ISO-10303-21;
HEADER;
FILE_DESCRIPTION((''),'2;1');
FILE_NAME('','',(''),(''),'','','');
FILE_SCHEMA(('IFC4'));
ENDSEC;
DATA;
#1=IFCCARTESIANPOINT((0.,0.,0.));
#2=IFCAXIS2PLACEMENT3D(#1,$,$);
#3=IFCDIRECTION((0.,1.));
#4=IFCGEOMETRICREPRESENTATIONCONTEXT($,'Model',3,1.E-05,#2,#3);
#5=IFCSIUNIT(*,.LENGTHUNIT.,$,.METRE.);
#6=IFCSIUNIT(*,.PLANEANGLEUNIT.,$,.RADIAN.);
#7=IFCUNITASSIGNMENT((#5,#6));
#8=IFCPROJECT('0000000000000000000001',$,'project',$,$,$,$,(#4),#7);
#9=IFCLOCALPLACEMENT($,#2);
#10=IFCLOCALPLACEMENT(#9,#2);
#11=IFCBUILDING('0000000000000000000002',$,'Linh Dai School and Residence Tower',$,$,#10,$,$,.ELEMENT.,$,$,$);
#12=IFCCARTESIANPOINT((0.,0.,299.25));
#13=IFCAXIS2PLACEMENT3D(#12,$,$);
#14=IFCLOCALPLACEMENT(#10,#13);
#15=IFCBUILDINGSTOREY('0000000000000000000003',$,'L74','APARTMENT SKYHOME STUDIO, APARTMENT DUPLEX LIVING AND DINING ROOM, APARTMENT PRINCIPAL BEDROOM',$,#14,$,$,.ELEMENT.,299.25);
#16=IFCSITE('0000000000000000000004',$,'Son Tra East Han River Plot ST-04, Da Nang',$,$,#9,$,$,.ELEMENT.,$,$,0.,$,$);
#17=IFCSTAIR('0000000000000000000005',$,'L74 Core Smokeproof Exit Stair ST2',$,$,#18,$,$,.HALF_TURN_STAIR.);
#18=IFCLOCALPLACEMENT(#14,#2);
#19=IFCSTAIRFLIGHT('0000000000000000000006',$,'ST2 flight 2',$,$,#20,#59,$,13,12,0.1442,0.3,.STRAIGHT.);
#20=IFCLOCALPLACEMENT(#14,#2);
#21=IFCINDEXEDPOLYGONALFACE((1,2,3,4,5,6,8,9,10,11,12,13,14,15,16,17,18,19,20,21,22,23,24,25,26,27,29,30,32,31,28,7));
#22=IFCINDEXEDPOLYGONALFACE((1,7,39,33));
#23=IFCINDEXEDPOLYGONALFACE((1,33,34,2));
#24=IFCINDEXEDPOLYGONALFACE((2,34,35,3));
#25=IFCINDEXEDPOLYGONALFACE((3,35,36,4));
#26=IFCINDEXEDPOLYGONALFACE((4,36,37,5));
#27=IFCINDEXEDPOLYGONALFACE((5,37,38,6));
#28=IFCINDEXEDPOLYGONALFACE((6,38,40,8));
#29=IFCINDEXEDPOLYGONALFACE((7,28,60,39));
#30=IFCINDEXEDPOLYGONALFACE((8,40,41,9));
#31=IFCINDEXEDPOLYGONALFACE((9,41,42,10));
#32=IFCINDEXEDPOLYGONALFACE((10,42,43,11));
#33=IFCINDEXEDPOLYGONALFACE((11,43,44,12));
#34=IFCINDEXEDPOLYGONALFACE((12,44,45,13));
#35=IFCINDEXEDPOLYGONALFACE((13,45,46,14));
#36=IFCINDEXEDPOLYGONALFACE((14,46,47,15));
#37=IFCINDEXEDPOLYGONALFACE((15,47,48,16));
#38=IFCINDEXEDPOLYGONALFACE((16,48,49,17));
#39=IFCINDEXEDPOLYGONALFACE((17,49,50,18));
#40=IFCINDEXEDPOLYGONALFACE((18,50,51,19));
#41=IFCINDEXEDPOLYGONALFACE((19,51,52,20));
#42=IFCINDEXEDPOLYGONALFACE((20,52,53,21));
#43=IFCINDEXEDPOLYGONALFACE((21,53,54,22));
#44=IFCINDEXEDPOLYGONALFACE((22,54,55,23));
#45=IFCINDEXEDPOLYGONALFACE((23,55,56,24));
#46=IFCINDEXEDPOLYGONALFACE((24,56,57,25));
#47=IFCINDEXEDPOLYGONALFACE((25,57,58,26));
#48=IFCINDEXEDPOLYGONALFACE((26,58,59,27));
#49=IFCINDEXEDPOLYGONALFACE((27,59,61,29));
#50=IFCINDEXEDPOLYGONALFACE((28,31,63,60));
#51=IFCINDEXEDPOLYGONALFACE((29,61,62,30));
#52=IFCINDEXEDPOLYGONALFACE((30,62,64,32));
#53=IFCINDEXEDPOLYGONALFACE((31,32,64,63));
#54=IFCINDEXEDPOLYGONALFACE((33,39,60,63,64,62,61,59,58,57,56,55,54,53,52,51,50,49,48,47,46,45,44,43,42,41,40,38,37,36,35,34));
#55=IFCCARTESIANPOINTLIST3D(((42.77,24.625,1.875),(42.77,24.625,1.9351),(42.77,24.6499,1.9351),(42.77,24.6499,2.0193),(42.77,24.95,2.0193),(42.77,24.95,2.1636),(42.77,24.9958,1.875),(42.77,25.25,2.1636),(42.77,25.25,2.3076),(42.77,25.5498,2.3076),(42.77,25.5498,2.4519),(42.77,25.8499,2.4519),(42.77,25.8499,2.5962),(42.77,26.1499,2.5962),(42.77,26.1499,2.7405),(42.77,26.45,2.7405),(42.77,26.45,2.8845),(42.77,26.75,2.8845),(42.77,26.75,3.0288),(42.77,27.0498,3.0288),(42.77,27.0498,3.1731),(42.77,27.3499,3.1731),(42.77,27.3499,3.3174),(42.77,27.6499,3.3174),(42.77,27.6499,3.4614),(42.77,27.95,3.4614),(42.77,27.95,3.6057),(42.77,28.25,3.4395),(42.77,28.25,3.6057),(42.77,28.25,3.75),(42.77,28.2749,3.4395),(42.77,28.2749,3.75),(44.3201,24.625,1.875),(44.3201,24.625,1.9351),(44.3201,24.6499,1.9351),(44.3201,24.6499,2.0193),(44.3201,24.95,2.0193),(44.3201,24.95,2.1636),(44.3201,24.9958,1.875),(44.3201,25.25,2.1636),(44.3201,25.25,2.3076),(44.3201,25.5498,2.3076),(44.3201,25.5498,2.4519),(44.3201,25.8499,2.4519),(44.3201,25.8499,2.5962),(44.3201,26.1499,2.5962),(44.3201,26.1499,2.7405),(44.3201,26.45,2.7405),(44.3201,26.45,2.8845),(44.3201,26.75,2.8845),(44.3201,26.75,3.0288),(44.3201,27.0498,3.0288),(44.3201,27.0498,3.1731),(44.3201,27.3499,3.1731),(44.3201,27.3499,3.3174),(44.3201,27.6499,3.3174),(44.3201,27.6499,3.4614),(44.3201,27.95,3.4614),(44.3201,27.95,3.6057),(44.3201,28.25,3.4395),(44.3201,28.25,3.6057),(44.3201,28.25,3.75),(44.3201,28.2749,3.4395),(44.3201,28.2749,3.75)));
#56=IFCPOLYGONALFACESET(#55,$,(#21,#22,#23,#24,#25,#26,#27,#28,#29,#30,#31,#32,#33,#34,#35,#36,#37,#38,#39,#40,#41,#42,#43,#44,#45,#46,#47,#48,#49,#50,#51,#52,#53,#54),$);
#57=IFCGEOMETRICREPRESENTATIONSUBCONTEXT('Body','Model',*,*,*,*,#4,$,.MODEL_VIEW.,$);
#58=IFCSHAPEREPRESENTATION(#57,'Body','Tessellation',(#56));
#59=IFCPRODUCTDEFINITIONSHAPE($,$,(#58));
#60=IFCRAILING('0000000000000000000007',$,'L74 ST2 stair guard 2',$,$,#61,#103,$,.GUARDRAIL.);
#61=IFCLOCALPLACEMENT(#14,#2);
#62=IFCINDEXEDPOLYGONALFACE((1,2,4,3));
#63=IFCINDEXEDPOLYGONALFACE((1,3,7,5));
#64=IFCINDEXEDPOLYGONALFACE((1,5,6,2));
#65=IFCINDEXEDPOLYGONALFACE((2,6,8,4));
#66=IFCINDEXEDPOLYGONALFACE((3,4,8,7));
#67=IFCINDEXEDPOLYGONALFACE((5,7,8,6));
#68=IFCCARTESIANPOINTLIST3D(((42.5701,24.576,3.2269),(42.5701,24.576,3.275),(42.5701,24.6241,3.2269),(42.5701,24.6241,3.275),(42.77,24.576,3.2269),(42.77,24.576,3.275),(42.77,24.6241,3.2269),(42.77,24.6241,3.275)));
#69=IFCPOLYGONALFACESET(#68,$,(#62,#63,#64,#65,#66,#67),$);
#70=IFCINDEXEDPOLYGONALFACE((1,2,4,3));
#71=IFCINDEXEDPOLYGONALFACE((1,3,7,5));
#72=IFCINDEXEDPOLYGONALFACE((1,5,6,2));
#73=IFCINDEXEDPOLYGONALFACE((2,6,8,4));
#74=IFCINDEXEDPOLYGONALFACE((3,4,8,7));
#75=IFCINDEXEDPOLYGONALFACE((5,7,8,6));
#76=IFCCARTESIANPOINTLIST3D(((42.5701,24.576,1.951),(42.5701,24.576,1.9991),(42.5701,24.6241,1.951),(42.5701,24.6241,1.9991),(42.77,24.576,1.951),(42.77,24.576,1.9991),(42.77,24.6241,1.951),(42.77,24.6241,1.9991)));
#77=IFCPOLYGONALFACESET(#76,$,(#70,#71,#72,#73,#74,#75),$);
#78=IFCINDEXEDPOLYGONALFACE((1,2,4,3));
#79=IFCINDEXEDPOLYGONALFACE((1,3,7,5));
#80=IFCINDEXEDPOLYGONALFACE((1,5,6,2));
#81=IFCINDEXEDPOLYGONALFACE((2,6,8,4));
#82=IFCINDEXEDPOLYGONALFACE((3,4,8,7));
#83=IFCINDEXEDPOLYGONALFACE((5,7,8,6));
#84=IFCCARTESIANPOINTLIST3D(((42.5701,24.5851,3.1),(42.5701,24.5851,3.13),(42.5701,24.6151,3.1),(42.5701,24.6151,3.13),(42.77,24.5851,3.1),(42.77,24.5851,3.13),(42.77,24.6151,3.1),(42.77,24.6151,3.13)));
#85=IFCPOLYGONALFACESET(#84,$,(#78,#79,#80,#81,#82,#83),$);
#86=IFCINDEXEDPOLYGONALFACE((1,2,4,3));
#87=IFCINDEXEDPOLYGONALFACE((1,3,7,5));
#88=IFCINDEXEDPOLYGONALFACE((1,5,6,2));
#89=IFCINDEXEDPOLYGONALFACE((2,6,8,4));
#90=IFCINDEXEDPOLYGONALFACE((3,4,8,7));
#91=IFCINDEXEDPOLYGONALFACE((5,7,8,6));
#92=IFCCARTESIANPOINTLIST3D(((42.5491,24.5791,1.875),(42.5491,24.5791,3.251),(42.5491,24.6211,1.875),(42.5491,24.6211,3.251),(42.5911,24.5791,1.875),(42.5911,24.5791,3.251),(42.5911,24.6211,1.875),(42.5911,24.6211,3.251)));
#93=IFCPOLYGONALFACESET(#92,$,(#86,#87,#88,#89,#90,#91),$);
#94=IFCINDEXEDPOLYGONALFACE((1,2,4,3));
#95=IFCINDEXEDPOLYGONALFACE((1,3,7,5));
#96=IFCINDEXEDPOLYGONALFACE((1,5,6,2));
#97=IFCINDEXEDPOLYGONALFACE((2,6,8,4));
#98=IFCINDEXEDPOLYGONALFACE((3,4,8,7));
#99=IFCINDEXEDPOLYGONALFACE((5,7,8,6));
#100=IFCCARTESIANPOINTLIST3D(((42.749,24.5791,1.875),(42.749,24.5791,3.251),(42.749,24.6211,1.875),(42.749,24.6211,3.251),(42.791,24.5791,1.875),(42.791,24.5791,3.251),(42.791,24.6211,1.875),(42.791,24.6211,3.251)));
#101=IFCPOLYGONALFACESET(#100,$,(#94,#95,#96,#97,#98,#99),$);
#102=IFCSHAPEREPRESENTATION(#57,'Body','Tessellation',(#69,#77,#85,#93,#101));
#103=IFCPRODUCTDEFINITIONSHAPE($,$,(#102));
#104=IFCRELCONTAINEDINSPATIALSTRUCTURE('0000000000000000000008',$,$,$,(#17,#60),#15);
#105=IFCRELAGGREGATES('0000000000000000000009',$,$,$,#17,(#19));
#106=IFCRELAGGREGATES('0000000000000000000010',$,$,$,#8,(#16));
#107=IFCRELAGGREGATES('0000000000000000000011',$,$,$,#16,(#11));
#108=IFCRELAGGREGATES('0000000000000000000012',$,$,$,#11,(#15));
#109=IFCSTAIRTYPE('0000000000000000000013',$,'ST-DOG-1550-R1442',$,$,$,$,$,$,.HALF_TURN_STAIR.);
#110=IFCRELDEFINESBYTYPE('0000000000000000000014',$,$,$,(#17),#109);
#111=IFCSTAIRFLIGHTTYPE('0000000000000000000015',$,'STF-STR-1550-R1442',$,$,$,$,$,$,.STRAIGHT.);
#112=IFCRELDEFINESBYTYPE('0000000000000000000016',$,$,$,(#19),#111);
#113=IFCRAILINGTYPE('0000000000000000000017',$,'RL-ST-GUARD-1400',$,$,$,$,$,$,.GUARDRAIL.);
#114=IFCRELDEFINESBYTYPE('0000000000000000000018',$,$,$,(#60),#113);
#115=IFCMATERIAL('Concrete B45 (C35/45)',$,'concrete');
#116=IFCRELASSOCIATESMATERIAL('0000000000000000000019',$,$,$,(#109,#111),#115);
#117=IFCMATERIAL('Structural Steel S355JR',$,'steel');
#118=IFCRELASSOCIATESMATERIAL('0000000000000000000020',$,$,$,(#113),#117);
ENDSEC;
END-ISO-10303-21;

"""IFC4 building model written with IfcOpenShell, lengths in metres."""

from ifc_helpers import new_model, si_unit, direction, frame, origin, origin_2d, place, context, subcontext, project, spatial, polyline, rectangle, outline, extrude, source, transform, mapped, material, type_object, element, aggregate, save


model = new_model("IFC4")

# Units and contexts
model_context = context("Model", 3, precision=1e-05, world=origin(), true_north=direction((0.0, 1.0)))
body_context = subcontext(model_context, "Body", "Model", "MODEL_VIEW")
ifc_project = project(units=[si_unit("LENGTHUNIT", "METRE"), si_unit("PLANEANGLEUNIT", "RADIAN")], contexts=[model_context])

# Site, building, storey
site_placement = place(None, origin())
site = spatial("IfcSite", under=ifc_project, at=site_placement, Name="Son Tra East Han River Plot ST-04, Da Nang", CompositionType="ELEMENT", RefElevation=0.0)
building_placement = place(site_placement, origin())
building = spatial("IfcBuilding", under=site, at=building_placement, Name="Linh Dai School and Residence Tower", CompositionType="ELEMENT")
storey_placement = place(building_placement, frame((0.0, 0.0, 299.25)))
storey = spatial("IfcBuildingStorey", under=building, at=storey_placement, Name="L74", Description="APARTMENT SKYHOME STUDIO, APARTMENT DUPLEX LIVING AND DINING ROOM, APARTMENT PRINCIPAL BEDROOM", CompositionType="ELEMENT", Elevation=299.25)

# Shared definitions
ifc_material_1 = material(Name="Structural Steel S355JR", Category="steel")

# Shared definitions
ifc_material_2 = material(Name="Concrete B45 (C35/45)", Category="concrete")

# Stair, stair flight
stair_type = type_object("IfcStairType", Name="ST-DOG-1550-R1442", PredefinedType="HALF_TURN_STAIR", material=ifc_material_2)
stair_placement = place(storey_placement, origin())
stair = element("IfcStair", 1, at=stair_placement, inside=storey, type_object=stair_type, Name="L74 Core Smokeproof Exit Stair ST2", PredefinedType="HALF_TURN_STAIR")
stair_flight_type = type_object("IfcStairFlightType", Name="STF-STR-1550-R1442", PredefinedType="STRAIGHT", material=ifc_material_2)
shared_shape_1 = source(origin(), body_context, "Body", "SweptSolid", [
    extrude(outline(polyline([(-0.0249, 0.0), (-0.0249, 0.0601), (0.0, 0.0601), (0.0, 0.1443), (0.3, 0.1443), (0.3, 0.2886), (0.6001, 0.2886), (0.6001, 0.4326), (0.8999, 0.4326), (0.8999, 0.5769), (1.2, 0.5769), (1.2, 0.7212), (1.5, 0.7212), (1.5, 0.8655), (1.8, 0.8655), (1.8, 1.0095), (2.1001, 1.0095), (2.1001, 1.1538), (2.3999, 1.1538), (2.3999, 1.2981), (2.7, 1.2981), (2.7, 1.4424), (3.0, 1.4424), (3.0, 1.5864), (3.3, 1.5864), (3.3, 1.7307), (3.6001, 1.7307), (3.6001, 1.875), (3.625, 1.875), (3.625, 1.5645), (3.6001, 1.5645), (0.3459, 0.0), (-0.0249, 0.0)])), frame((0.0, 0.7749, 0.0), z_axis=(0.0, -1.0, 0.0), x_axis=(1.0, 0.0, 0.0)), (0.0, 0.0, 1.0), 1.55),
])
stair_flight_placement = place(storey_placement, frame((43.5449, 24.6499, 1.875), z_axis=(0.0, 0.0, 1.0), x_axis=(0.0, 1.0, 0.0)))
stair_flight = element("IfcStairFlight", 2, at=stair_flight_placement, type_object=stair_flight_type, Name="ST2 flight 2", NumberOfRisers=13, NumberOfTreads=12, PredefinedType="STRAIGHT", RiserHeight=0.1442, TreadLength=0.3, context=body_context, shape_type="MappedRepresentation", body=[
    mapped(shared_shape_1, transform((0.0, 0.0, 0.0), x_axis=(1.0, 0.0, 0.0), y_axis=(0.0, 1.0, 0.0), z_axis=(0.0, 0.0, 1.0), scale=1.0)),
])
aggregate(stair, [stair_flight])

# Railing
railing_type = type_object("IfcRailingType", Name="RL-ST-GUARD-1400", PredefinedType="GUARDRAIL", material=ifc_material_1)
shared_shape_2 = source(origin(), body_context, "Body", "SweptSolid", [
    extrude(rectangle(XDim=0.0481, YDim=0.0481, at=origin_2d()), frame((0.0, 0.0, 1.376), z_axis=(1.0, 0.0, 0.0), x_axis=(0.0, 1.0, 0.0)), (0.0, 0.0, 1.0), 0.2),
    extrude(rectangle(XDim=0.0481, YDim=0.0481, at=origin_2d()), frame((0.0, 0.0, 0.1001), z_axis=(1.0, 0.0, 0.0), x_axis=(0.0, 1.0, 0.0)), (0.0, 0.0, 1.0), 0.2),
    extrude(rectangle(XDim=0.03, YDim=0.03, at=origin_2d()), frame((0.0, 0.0, 1.24), z_axis=(1.0, 0.0, 0.0), x_axis=(0.0, 1.0, 0.0)), (0.0, 0.0, 1.0), 0.2),
    extrude(rectangle(XDim=0.042, YDim=0.042, at=origin_2d()), origin(), (0.0, 0.0, 1.0), 1.376),
    extrude(rectangle(XDim=0.042, YDim=0.042, at=origin_2d()), frame((0.2, 0.0, 0.0)), (0.0, 0.0, 1.0), 1.376),
])
railing_1_placement = place(storey_placement, frame((42.5701, 24.6001, 1.875)))
element("IfcRailing", 3, at=railing_1_placement, inside=storey, type_object=railing_type, Name="L74 ST2 stair guard 2", PredefinedType="GUARDRAIL", context=body_context, shape_type="MappedRepresentation", body=[
    mapped(shared_shape_2, transform((0.0, 0.0, 0.0), x_axis=(1.0, 0.0, 0.0), y_axis=(0.0, 1.0, 0.0), z_axis=(0.0, 0.0, 1.0), scale=1.0)),
])

save(model, "model.ifc")
